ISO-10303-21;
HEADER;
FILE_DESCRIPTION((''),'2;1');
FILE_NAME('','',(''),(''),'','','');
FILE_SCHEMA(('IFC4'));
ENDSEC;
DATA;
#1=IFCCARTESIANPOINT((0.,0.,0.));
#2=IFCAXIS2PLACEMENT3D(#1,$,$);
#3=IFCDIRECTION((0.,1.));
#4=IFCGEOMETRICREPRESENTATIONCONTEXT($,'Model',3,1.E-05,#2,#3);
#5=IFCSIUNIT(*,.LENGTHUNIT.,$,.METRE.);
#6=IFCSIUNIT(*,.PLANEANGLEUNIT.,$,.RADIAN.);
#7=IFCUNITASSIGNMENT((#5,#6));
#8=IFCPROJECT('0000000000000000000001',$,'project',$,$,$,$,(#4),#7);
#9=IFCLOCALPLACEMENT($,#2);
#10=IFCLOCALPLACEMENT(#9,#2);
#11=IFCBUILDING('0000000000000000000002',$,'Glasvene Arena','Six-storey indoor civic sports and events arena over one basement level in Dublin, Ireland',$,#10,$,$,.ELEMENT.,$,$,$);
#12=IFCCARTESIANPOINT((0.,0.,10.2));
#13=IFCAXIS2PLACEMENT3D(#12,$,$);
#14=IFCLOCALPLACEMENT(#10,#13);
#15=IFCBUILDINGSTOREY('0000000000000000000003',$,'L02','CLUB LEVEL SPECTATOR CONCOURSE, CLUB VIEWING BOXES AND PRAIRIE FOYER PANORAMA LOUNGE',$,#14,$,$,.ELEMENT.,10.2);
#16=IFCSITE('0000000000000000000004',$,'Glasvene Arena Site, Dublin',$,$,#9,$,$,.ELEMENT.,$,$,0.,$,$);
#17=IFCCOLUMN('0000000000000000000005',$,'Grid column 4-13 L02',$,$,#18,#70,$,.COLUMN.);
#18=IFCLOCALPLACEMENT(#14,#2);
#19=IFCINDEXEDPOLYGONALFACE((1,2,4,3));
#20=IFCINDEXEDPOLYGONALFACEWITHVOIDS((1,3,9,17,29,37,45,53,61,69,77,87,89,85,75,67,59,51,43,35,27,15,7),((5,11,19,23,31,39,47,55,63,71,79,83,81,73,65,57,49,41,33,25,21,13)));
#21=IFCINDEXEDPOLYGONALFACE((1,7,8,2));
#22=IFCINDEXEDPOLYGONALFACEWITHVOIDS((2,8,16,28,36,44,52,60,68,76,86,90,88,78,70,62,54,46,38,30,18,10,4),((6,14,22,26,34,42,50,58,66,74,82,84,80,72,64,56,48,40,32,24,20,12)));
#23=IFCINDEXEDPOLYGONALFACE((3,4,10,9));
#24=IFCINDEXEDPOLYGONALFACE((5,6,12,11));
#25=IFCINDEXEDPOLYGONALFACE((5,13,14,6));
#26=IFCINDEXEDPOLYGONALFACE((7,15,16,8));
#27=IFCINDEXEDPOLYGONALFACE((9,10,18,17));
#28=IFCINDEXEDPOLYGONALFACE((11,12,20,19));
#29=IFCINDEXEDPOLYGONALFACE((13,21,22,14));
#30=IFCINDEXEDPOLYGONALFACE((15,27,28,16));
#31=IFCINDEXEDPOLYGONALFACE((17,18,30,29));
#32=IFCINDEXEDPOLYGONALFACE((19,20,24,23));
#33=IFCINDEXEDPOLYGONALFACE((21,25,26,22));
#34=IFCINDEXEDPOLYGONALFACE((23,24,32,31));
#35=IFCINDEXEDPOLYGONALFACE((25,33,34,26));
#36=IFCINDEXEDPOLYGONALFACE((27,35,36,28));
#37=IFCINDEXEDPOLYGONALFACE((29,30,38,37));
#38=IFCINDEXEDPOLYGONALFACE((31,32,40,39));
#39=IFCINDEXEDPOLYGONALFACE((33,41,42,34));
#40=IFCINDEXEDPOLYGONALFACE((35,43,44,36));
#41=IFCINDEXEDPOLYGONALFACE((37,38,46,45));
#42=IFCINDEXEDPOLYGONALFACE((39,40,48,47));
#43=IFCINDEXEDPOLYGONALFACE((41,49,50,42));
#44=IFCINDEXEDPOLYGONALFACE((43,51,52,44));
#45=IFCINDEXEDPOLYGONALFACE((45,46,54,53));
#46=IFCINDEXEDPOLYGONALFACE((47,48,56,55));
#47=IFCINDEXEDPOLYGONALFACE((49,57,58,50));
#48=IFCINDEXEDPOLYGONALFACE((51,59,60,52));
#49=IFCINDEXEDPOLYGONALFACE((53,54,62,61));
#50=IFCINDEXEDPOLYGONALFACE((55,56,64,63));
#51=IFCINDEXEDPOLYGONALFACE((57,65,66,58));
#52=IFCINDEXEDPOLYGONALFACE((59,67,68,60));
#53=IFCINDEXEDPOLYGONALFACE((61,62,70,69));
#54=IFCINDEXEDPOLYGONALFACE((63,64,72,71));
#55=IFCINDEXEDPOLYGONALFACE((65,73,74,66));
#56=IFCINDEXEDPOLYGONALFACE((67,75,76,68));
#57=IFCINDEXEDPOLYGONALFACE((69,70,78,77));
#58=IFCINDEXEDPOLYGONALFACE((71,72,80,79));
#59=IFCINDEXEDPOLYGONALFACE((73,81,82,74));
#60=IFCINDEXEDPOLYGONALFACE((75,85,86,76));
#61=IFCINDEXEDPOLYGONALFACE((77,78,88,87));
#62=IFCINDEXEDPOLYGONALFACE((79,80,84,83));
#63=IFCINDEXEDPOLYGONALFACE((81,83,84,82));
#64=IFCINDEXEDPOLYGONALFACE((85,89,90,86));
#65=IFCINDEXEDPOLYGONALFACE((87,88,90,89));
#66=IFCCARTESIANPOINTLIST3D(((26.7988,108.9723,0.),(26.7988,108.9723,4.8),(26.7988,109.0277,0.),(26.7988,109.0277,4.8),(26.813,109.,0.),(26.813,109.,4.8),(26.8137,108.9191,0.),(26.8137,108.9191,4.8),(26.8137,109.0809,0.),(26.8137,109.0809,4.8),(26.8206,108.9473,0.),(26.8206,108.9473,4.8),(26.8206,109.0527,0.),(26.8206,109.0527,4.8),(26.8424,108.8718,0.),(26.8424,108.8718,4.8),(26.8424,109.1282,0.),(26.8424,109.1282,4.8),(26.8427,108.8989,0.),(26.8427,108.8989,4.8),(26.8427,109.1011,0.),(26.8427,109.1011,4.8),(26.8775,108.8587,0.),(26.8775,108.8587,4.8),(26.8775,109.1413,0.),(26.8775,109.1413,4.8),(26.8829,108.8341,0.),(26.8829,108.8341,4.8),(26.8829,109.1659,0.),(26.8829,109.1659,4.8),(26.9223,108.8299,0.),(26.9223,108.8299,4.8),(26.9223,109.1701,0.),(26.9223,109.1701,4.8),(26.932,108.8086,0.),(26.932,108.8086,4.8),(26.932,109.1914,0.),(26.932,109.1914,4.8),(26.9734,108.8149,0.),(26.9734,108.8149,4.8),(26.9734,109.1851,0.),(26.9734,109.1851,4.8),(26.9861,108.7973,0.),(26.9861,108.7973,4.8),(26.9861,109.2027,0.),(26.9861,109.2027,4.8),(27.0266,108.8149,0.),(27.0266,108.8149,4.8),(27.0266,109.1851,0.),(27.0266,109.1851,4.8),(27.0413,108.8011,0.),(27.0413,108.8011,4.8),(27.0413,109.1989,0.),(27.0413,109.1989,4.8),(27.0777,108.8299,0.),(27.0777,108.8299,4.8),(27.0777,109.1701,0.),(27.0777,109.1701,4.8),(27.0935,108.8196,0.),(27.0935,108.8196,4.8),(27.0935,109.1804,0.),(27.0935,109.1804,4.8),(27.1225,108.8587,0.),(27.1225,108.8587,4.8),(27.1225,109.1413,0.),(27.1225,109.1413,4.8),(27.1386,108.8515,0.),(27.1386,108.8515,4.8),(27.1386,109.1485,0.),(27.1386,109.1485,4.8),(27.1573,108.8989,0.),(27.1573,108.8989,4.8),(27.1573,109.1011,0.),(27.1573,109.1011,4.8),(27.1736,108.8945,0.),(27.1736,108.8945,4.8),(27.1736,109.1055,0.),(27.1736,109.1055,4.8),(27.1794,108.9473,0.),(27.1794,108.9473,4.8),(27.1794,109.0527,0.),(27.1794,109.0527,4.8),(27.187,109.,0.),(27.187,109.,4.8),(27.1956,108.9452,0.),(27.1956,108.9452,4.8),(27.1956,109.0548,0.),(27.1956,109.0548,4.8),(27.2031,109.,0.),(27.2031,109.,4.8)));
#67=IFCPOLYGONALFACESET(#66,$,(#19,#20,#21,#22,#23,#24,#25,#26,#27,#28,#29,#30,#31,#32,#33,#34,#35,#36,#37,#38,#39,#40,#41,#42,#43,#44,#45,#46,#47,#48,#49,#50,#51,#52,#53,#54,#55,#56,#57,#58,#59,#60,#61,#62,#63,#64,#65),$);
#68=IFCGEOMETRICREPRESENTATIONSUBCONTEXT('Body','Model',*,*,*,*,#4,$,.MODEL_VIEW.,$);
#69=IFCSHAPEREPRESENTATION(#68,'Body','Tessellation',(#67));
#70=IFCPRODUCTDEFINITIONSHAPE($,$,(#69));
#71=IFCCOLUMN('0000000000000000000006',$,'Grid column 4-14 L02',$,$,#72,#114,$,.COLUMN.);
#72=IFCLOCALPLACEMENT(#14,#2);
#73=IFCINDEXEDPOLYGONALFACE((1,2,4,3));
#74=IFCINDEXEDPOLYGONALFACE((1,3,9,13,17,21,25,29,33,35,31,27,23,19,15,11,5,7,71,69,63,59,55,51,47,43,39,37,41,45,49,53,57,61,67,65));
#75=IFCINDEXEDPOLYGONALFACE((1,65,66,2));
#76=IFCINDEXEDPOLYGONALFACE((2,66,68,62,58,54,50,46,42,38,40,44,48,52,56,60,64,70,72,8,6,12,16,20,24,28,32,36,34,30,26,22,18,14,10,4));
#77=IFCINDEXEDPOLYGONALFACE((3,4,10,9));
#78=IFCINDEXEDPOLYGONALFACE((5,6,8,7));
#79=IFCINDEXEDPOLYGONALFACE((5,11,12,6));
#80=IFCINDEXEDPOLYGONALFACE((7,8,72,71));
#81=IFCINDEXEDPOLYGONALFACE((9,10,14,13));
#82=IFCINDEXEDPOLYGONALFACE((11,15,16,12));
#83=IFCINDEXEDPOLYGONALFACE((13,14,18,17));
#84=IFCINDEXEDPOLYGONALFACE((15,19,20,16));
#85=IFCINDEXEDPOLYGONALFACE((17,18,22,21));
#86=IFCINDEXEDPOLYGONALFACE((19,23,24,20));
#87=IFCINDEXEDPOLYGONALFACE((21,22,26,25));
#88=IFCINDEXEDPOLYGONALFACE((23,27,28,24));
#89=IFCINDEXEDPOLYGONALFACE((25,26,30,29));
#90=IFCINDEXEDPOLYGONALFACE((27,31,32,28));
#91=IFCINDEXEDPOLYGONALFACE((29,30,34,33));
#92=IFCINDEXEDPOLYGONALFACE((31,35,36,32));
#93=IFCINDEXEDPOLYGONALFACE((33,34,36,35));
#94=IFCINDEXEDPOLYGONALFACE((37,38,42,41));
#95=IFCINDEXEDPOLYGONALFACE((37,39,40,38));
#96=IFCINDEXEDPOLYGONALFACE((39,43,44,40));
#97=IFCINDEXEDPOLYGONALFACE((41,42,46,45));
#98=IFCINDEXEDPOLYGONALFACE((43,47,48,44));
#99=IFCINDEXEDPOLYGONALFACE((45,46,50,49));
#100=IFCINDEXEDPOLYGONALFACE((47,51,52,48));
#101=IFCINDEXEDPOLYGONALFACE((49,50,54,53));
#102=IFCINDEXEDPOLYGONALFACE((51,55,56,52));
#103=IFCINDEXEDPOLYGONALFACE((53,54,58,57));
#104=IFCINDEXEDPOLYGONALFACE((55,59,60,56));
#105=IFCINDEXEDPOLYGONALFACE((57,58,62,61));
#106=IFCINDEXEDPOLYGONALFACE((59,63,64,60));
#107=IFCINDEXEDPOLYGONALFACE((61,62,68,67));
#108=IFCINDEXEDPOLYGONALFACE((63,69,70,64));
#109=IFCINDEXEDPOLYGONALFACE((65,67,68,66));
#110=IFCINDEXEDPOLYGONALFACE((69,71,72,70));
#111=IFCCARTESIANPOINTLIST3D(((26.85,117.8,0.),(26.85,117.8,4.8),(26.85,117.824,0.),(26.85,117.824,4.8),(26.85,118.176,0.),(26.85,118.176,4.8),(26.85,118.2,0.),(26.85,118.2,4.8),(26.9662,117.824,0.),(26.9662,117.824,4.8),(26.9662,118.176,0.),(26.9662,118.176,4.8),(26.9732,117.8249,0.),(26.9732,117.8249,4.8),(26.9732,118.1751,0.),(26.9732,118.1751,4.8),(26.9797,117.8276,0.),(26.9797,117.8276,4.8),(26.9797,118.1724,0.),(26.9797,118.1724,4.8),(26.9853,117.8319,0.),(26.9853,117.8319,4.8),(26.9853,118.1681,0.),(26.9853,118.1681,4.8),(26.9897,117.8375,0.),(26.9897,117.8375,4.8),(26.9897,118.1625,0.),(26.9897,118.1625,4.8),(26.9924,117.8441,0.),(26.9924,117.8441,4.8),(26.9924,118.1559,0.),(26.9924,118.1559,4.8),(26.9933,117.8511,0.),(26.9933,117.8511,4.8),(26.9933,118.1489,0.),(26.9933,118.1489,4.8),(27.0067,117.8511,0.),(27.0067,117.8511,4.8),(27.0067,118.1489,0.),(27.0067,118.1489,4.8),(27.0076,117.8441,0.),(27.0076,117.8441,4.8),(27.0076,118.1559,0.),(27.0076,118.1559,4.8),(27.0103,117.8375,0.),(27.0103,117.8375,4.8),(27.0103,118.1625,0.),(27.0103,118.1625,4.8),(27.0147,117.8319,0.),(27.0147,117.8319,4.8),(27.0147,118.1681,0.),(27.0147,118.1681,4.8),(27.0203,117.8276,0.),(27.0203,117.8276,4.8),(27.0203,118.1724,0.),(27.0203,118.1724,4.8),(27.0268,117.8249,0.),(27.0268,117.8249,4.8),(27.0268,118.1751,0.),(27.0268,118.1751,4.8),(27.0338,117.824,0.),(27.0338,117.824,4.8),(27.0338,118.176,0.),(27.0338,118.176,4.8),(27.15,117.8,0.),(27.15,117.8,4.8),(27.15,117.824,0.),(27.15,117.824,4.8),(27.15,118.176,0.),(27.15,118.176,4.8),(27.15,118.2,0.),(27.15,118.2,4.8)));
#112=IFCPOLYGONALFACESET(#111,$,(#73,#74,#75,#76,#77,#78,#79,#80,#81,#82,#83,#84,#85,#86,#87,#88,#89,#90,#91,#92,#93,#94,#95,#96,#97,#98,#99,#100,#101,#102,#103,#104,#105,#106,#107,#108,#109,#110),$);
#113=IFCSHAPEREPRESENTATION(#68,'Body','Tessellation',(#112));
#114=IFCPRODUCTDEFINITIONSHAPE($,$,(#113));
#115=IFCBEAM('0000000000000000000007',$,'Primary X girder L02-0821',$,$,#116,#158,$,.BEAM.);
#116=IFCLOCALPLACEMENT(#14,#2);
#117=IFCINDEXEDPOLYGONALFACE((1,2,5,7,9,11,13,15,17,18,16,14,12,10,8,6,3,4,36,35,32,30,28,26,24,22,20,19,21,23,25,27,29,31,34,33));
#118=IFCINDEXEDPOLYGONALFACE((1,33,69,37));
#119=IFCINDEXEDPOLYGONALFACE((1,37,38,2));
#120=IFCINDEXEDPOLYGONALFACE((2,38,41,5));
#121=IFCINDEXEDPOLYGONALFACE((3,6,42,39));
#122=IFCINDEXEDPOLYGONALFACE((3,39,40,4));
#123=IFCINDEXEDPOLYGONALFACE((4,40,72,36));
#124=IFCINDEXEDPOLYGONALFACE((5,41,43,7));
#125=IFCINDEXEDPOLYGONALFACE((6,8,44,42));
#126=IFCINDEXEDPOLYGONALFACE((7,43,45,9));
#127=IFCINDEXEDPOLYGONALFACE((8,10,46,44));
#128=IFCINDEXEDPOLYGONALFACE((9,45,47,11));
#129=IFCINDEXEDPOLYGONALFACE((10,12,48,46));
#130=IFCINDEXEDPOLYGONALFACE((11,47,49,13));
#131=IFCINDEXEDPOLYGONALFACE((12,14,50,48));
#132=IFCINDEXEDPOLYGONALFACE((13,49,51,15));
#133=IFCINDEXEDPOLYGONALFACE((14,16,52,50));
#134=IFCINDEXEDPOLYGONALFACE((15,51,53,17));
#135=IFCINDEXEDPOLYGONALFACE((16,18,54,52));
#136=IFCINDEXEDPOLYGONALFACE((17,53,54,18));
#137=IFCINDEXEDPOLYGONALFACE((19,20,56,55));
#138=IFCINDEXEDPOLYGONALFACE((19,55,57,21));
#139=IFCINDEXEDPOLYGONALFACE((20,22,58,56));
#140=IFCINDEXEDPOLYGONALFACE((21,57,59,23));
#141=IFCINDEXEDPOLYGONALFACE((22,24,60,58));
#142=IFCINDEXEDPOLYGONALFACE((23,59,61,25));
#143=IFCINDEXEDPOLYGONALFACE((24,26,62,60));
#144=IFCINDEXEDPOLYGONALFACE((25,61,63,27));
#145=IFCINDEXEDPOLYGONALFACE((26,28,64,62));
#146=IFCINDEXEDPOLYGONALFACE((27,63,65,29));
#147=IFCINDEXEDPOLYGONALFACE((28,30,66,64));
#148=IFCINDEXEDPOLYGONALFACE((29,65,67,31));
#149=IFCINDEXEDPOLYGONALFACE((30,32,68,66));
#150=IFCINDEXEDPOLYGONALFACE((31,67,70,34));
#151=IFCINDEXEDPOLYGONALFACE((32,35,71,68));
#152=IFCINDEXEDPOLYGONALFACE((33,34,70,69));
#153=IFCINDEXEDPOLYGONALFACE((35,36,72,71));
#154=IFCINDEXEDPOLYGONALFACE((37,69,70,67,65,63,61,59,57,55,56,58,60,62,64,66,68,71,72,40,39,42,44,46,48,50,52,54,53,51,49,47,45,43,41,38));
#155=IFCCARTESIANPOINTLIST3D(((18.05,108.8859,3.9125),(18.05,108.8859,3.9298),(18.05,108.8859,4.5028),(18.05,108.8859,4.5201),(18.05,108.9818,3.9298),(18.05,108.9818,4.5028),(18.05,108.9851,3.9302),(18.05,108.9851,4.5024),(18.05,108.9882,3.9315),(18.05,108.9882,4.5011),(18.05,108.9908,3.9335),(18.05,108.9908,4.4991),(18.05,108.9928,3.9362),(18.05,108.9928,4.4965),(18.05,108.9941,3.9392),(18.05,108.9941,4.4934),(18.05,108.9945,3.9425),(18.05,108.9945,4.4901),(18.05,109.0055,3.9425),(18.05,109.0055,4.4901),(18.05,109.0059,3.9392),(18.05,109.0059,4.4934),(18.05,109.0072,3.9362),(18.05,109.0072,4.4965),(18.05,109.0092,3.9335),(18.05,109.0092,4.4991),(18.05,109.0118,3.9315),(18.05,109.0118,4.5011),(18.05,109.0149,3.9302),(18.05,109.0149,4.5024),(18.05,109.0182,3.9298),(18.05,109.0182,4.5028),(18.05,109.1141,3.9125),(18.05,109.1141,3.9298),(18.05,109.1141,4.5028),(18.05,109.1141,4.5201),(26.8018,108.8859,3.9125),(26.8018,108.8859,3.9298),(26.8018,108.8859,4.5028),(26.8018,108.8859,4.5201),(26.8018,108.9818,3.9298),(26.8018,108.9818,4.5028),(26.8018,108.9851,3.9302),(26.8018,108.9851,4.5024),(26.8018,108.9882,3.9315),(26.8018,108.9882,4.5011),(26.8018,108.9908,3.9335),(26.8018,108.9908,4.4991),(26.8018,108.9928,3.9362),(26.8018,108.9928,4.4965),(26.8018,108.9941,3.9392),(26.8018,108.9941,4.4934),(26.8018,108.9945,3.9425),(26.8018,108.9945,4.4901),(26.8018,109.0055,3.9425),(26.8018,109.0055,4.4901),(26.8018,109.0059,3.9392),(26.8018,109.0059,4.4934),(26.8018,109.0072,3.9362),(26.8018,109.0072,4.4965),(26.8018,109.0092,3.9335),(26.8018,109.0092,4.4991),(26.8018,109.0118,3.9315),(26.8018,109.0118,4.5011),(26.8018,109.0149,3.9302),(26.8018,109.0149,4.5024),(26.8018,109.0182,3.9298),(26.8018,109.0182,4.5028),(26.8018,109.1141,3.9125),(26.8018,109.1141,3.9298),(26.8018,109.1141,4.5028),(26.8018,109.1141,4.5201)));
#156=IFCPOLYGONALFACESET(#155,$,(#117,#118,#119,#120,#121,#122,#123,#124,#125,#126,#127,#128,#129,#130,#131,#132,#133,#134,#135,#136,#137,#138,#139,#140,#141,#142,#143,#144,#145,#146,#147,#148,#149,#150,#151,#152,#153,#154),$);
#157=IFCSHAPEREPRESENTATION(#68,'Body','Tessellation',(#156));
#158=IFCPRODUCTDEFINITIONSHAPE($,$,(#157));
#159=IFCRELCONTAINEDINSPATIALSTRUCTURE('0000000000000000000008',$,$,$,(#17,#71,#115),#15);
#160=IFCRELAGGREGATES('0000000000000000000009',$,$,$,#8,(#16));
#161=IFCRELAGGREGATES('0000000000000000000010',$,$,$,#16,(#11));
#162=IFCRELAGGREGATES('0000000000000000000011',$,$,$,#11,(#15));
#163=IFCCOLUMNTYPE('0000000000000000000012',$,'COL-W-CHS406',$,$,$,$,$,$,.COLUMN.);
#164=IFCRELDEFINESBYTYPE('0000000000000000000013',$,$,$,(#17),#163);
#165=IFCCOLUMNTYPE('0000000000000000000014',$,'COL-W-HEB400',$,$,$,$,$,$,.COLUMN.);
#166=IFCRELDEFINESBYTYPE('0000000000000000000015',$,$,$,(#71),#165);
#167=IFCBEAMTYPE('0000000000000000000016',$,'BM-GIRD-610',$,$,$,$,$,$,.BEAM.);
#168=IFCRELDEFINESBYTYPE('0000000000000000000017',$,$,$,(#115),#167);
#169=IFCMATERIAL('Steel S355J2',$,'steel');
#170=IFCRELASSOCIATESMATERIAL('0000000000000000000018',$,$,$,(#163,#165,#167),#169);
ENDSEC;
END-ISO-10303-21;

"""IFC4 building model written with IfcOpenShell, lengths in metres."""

from ifc_helpers import new_model, si_unit, direction, frame, origin, origin_2d, place, context, subcontext, project, spatial, hollow_circle, i_section, extrude, material, material_profile, profile_set, type_object, element, save


model = new_model("IFC4")

# Units and contexts
model_context = context("Model", 3, precision=1e-05, world=origin(), true_north=direction((0.0, 1.0)))
body_context = subcontext(model_context, "Body", "Model", "MODEL_VIEW")
ifc_project = project(units=[si_unit("LENGTHUNIT", "METRE"), si_unit("PLANEANGLEUNIT", "RADIAN")], contexts=[model_context])

# Site, building, storey
site_placement = place(None, origin())
site = spatial("IfcSite", under=ifc_project, at=site_placement, Name="Glasvene Arena Site, Dublin", CompositionType="ELEMENT", RefElevation=0.0)
building_placement = place(site_placement, origin())
building = spatial("IfcBuilding", under=site, at=building_placement, Name="Glasvene Arena", Description="Six-storey indoor civic sports and events arena over one basement level in Dublin, Ireland", CompositionType="ELEMENT")
storey_placement = place(building_placement, frame((0.0, 0.0, 10.2)))
storey = spatial("IfcBuildingStorey", under=building, at=storey_placement, Name="L02", Description="CLUB LEVEL SPECTATOR CONCOURSE, CLUB VIEWING BOXES AND PRAIRIE FOYER PANORAMA LOUNGE", CompositionType="ELEMENT", Elevation=10.2)

# Columns
ifc_material_1 = material(Name="Steel S355J2", Category="steel")
ifc_material_profile_1 = material_profile(ifc_material_1, hollow_circle(Radius=0.2031, WallThickness=0.0161, at=origin_2d()), Name="CHS 406.4x16.0")
ifc_profile_set_1 = profile_set([ifc_material_profile_1], Name="Steel S355J2")
column_type_1 = type_object("IfcColumnType", Name="COL-W-CHS406", PredefinedType="COLUMN", material=ifc_profile_set_1)
column_1_placement = place(storey_placement, frame((27.0, 109.0, 0.0), z_axis=(0.0, 0.0, 1.0), x_axis=(1.0, 0.0, 0.0)))
element("IfcColumn", 1, at=column_1_placement, inside=storey, type_object=column_type_1, Name="Grid column 4-13 L02", PredefinedType="COLUMN", context=body_context, shape_type="SweptSolid", body=[
    extrude(hollow_circle(Radius=0.2031, WallThickness=0.0161, at=origin_2d()), origin(), (0.0, 0.0, 1.0), 4.8),
])
ifc_material_profile_2 = material_profile(ifc_material_1, i_section(OverallWidth=0.3, OverallDepth=0.3999, WebThickness=0.0134, FlangeThickness=0.0239, FilletRadius=0.0271, at=origin_2d()), Name="HEB 400")
ifc_profile_set_2 = profile_set([ifc_material_profile_2], Name="Steel S355J2")
column_type_2 = type_object("IfcColumnType", Name="COL-W-HEB400", PredefinedType="COLUMN", material=ifc_profile_set_2)
column_2_placement = place(storey_placement, frame((27.0, 118.0, 0.0), z_axis=(0.0, 0.0, 1.0), x_axis=(1.0, 0.0, 0.0)))
element("IfcColumn", 2, at=column_2_placement, inside=storey, type_object=column_type_2, Name="Grid column 4-14 L02", PredefinedType="COLUMN", context=body_context, shape_type="SweptSolid", body=[
    extrude(i_section(OverallWidth=0.3, OverallDepth=0.3999, WebThickness=0.0134, FlangeThickness=0.0239, FilletRadius=0.0271, at=origin_2d()), origin(), (0.0, 0.0, 1.0), 4.8),
])

# Beam
ifc_material_profile_3 = material_profile(ifc_material_1, i_section(OverallWidth=0.2283, OverallDepth=0.6077, WebThickness=0.011, FlangeThickness=0.0173, FilletRadius=0.0127, at=origin_2d()), Name="UKB 610x229x113")
ifc_profile_set_3 = profile_set([ifc_material_profile_3], Name="Steel S355J2")
beam_type_1 = type_object("IfcBeamType", Name="BM-GIRD-610", PredefinedType="BEAM", material=ifc_profile_set_3)
for number, where, z_axis, x_axis, name in (
    (3, (18.05, 109.0, 4.2163), (1.0, 0.0, 0.0), (0.0, 1.0, 0.0), "Primary X girder L02-0821"),
):
    element("IfcBeam", number, at=place(storey_placement, frame(where, z_axis=z_axis, x_axis=x_axis)), inside=storey, type_object=beam_type_1, Name=name, PredefinedType="BEAM", context=body_context, shape_type="SweptSolid", body=[
        extrude(i_section(OverallWidth=0.2283, OverallDepth=0.6077, WebThickness=0.011, FlangeThickness=0.0173, FilletRadius=0.0127, at=origin_2d()), origin(), (0.0, 0.0, 1.0), 8.7517),
    ])

save(model, "model.ifc")
